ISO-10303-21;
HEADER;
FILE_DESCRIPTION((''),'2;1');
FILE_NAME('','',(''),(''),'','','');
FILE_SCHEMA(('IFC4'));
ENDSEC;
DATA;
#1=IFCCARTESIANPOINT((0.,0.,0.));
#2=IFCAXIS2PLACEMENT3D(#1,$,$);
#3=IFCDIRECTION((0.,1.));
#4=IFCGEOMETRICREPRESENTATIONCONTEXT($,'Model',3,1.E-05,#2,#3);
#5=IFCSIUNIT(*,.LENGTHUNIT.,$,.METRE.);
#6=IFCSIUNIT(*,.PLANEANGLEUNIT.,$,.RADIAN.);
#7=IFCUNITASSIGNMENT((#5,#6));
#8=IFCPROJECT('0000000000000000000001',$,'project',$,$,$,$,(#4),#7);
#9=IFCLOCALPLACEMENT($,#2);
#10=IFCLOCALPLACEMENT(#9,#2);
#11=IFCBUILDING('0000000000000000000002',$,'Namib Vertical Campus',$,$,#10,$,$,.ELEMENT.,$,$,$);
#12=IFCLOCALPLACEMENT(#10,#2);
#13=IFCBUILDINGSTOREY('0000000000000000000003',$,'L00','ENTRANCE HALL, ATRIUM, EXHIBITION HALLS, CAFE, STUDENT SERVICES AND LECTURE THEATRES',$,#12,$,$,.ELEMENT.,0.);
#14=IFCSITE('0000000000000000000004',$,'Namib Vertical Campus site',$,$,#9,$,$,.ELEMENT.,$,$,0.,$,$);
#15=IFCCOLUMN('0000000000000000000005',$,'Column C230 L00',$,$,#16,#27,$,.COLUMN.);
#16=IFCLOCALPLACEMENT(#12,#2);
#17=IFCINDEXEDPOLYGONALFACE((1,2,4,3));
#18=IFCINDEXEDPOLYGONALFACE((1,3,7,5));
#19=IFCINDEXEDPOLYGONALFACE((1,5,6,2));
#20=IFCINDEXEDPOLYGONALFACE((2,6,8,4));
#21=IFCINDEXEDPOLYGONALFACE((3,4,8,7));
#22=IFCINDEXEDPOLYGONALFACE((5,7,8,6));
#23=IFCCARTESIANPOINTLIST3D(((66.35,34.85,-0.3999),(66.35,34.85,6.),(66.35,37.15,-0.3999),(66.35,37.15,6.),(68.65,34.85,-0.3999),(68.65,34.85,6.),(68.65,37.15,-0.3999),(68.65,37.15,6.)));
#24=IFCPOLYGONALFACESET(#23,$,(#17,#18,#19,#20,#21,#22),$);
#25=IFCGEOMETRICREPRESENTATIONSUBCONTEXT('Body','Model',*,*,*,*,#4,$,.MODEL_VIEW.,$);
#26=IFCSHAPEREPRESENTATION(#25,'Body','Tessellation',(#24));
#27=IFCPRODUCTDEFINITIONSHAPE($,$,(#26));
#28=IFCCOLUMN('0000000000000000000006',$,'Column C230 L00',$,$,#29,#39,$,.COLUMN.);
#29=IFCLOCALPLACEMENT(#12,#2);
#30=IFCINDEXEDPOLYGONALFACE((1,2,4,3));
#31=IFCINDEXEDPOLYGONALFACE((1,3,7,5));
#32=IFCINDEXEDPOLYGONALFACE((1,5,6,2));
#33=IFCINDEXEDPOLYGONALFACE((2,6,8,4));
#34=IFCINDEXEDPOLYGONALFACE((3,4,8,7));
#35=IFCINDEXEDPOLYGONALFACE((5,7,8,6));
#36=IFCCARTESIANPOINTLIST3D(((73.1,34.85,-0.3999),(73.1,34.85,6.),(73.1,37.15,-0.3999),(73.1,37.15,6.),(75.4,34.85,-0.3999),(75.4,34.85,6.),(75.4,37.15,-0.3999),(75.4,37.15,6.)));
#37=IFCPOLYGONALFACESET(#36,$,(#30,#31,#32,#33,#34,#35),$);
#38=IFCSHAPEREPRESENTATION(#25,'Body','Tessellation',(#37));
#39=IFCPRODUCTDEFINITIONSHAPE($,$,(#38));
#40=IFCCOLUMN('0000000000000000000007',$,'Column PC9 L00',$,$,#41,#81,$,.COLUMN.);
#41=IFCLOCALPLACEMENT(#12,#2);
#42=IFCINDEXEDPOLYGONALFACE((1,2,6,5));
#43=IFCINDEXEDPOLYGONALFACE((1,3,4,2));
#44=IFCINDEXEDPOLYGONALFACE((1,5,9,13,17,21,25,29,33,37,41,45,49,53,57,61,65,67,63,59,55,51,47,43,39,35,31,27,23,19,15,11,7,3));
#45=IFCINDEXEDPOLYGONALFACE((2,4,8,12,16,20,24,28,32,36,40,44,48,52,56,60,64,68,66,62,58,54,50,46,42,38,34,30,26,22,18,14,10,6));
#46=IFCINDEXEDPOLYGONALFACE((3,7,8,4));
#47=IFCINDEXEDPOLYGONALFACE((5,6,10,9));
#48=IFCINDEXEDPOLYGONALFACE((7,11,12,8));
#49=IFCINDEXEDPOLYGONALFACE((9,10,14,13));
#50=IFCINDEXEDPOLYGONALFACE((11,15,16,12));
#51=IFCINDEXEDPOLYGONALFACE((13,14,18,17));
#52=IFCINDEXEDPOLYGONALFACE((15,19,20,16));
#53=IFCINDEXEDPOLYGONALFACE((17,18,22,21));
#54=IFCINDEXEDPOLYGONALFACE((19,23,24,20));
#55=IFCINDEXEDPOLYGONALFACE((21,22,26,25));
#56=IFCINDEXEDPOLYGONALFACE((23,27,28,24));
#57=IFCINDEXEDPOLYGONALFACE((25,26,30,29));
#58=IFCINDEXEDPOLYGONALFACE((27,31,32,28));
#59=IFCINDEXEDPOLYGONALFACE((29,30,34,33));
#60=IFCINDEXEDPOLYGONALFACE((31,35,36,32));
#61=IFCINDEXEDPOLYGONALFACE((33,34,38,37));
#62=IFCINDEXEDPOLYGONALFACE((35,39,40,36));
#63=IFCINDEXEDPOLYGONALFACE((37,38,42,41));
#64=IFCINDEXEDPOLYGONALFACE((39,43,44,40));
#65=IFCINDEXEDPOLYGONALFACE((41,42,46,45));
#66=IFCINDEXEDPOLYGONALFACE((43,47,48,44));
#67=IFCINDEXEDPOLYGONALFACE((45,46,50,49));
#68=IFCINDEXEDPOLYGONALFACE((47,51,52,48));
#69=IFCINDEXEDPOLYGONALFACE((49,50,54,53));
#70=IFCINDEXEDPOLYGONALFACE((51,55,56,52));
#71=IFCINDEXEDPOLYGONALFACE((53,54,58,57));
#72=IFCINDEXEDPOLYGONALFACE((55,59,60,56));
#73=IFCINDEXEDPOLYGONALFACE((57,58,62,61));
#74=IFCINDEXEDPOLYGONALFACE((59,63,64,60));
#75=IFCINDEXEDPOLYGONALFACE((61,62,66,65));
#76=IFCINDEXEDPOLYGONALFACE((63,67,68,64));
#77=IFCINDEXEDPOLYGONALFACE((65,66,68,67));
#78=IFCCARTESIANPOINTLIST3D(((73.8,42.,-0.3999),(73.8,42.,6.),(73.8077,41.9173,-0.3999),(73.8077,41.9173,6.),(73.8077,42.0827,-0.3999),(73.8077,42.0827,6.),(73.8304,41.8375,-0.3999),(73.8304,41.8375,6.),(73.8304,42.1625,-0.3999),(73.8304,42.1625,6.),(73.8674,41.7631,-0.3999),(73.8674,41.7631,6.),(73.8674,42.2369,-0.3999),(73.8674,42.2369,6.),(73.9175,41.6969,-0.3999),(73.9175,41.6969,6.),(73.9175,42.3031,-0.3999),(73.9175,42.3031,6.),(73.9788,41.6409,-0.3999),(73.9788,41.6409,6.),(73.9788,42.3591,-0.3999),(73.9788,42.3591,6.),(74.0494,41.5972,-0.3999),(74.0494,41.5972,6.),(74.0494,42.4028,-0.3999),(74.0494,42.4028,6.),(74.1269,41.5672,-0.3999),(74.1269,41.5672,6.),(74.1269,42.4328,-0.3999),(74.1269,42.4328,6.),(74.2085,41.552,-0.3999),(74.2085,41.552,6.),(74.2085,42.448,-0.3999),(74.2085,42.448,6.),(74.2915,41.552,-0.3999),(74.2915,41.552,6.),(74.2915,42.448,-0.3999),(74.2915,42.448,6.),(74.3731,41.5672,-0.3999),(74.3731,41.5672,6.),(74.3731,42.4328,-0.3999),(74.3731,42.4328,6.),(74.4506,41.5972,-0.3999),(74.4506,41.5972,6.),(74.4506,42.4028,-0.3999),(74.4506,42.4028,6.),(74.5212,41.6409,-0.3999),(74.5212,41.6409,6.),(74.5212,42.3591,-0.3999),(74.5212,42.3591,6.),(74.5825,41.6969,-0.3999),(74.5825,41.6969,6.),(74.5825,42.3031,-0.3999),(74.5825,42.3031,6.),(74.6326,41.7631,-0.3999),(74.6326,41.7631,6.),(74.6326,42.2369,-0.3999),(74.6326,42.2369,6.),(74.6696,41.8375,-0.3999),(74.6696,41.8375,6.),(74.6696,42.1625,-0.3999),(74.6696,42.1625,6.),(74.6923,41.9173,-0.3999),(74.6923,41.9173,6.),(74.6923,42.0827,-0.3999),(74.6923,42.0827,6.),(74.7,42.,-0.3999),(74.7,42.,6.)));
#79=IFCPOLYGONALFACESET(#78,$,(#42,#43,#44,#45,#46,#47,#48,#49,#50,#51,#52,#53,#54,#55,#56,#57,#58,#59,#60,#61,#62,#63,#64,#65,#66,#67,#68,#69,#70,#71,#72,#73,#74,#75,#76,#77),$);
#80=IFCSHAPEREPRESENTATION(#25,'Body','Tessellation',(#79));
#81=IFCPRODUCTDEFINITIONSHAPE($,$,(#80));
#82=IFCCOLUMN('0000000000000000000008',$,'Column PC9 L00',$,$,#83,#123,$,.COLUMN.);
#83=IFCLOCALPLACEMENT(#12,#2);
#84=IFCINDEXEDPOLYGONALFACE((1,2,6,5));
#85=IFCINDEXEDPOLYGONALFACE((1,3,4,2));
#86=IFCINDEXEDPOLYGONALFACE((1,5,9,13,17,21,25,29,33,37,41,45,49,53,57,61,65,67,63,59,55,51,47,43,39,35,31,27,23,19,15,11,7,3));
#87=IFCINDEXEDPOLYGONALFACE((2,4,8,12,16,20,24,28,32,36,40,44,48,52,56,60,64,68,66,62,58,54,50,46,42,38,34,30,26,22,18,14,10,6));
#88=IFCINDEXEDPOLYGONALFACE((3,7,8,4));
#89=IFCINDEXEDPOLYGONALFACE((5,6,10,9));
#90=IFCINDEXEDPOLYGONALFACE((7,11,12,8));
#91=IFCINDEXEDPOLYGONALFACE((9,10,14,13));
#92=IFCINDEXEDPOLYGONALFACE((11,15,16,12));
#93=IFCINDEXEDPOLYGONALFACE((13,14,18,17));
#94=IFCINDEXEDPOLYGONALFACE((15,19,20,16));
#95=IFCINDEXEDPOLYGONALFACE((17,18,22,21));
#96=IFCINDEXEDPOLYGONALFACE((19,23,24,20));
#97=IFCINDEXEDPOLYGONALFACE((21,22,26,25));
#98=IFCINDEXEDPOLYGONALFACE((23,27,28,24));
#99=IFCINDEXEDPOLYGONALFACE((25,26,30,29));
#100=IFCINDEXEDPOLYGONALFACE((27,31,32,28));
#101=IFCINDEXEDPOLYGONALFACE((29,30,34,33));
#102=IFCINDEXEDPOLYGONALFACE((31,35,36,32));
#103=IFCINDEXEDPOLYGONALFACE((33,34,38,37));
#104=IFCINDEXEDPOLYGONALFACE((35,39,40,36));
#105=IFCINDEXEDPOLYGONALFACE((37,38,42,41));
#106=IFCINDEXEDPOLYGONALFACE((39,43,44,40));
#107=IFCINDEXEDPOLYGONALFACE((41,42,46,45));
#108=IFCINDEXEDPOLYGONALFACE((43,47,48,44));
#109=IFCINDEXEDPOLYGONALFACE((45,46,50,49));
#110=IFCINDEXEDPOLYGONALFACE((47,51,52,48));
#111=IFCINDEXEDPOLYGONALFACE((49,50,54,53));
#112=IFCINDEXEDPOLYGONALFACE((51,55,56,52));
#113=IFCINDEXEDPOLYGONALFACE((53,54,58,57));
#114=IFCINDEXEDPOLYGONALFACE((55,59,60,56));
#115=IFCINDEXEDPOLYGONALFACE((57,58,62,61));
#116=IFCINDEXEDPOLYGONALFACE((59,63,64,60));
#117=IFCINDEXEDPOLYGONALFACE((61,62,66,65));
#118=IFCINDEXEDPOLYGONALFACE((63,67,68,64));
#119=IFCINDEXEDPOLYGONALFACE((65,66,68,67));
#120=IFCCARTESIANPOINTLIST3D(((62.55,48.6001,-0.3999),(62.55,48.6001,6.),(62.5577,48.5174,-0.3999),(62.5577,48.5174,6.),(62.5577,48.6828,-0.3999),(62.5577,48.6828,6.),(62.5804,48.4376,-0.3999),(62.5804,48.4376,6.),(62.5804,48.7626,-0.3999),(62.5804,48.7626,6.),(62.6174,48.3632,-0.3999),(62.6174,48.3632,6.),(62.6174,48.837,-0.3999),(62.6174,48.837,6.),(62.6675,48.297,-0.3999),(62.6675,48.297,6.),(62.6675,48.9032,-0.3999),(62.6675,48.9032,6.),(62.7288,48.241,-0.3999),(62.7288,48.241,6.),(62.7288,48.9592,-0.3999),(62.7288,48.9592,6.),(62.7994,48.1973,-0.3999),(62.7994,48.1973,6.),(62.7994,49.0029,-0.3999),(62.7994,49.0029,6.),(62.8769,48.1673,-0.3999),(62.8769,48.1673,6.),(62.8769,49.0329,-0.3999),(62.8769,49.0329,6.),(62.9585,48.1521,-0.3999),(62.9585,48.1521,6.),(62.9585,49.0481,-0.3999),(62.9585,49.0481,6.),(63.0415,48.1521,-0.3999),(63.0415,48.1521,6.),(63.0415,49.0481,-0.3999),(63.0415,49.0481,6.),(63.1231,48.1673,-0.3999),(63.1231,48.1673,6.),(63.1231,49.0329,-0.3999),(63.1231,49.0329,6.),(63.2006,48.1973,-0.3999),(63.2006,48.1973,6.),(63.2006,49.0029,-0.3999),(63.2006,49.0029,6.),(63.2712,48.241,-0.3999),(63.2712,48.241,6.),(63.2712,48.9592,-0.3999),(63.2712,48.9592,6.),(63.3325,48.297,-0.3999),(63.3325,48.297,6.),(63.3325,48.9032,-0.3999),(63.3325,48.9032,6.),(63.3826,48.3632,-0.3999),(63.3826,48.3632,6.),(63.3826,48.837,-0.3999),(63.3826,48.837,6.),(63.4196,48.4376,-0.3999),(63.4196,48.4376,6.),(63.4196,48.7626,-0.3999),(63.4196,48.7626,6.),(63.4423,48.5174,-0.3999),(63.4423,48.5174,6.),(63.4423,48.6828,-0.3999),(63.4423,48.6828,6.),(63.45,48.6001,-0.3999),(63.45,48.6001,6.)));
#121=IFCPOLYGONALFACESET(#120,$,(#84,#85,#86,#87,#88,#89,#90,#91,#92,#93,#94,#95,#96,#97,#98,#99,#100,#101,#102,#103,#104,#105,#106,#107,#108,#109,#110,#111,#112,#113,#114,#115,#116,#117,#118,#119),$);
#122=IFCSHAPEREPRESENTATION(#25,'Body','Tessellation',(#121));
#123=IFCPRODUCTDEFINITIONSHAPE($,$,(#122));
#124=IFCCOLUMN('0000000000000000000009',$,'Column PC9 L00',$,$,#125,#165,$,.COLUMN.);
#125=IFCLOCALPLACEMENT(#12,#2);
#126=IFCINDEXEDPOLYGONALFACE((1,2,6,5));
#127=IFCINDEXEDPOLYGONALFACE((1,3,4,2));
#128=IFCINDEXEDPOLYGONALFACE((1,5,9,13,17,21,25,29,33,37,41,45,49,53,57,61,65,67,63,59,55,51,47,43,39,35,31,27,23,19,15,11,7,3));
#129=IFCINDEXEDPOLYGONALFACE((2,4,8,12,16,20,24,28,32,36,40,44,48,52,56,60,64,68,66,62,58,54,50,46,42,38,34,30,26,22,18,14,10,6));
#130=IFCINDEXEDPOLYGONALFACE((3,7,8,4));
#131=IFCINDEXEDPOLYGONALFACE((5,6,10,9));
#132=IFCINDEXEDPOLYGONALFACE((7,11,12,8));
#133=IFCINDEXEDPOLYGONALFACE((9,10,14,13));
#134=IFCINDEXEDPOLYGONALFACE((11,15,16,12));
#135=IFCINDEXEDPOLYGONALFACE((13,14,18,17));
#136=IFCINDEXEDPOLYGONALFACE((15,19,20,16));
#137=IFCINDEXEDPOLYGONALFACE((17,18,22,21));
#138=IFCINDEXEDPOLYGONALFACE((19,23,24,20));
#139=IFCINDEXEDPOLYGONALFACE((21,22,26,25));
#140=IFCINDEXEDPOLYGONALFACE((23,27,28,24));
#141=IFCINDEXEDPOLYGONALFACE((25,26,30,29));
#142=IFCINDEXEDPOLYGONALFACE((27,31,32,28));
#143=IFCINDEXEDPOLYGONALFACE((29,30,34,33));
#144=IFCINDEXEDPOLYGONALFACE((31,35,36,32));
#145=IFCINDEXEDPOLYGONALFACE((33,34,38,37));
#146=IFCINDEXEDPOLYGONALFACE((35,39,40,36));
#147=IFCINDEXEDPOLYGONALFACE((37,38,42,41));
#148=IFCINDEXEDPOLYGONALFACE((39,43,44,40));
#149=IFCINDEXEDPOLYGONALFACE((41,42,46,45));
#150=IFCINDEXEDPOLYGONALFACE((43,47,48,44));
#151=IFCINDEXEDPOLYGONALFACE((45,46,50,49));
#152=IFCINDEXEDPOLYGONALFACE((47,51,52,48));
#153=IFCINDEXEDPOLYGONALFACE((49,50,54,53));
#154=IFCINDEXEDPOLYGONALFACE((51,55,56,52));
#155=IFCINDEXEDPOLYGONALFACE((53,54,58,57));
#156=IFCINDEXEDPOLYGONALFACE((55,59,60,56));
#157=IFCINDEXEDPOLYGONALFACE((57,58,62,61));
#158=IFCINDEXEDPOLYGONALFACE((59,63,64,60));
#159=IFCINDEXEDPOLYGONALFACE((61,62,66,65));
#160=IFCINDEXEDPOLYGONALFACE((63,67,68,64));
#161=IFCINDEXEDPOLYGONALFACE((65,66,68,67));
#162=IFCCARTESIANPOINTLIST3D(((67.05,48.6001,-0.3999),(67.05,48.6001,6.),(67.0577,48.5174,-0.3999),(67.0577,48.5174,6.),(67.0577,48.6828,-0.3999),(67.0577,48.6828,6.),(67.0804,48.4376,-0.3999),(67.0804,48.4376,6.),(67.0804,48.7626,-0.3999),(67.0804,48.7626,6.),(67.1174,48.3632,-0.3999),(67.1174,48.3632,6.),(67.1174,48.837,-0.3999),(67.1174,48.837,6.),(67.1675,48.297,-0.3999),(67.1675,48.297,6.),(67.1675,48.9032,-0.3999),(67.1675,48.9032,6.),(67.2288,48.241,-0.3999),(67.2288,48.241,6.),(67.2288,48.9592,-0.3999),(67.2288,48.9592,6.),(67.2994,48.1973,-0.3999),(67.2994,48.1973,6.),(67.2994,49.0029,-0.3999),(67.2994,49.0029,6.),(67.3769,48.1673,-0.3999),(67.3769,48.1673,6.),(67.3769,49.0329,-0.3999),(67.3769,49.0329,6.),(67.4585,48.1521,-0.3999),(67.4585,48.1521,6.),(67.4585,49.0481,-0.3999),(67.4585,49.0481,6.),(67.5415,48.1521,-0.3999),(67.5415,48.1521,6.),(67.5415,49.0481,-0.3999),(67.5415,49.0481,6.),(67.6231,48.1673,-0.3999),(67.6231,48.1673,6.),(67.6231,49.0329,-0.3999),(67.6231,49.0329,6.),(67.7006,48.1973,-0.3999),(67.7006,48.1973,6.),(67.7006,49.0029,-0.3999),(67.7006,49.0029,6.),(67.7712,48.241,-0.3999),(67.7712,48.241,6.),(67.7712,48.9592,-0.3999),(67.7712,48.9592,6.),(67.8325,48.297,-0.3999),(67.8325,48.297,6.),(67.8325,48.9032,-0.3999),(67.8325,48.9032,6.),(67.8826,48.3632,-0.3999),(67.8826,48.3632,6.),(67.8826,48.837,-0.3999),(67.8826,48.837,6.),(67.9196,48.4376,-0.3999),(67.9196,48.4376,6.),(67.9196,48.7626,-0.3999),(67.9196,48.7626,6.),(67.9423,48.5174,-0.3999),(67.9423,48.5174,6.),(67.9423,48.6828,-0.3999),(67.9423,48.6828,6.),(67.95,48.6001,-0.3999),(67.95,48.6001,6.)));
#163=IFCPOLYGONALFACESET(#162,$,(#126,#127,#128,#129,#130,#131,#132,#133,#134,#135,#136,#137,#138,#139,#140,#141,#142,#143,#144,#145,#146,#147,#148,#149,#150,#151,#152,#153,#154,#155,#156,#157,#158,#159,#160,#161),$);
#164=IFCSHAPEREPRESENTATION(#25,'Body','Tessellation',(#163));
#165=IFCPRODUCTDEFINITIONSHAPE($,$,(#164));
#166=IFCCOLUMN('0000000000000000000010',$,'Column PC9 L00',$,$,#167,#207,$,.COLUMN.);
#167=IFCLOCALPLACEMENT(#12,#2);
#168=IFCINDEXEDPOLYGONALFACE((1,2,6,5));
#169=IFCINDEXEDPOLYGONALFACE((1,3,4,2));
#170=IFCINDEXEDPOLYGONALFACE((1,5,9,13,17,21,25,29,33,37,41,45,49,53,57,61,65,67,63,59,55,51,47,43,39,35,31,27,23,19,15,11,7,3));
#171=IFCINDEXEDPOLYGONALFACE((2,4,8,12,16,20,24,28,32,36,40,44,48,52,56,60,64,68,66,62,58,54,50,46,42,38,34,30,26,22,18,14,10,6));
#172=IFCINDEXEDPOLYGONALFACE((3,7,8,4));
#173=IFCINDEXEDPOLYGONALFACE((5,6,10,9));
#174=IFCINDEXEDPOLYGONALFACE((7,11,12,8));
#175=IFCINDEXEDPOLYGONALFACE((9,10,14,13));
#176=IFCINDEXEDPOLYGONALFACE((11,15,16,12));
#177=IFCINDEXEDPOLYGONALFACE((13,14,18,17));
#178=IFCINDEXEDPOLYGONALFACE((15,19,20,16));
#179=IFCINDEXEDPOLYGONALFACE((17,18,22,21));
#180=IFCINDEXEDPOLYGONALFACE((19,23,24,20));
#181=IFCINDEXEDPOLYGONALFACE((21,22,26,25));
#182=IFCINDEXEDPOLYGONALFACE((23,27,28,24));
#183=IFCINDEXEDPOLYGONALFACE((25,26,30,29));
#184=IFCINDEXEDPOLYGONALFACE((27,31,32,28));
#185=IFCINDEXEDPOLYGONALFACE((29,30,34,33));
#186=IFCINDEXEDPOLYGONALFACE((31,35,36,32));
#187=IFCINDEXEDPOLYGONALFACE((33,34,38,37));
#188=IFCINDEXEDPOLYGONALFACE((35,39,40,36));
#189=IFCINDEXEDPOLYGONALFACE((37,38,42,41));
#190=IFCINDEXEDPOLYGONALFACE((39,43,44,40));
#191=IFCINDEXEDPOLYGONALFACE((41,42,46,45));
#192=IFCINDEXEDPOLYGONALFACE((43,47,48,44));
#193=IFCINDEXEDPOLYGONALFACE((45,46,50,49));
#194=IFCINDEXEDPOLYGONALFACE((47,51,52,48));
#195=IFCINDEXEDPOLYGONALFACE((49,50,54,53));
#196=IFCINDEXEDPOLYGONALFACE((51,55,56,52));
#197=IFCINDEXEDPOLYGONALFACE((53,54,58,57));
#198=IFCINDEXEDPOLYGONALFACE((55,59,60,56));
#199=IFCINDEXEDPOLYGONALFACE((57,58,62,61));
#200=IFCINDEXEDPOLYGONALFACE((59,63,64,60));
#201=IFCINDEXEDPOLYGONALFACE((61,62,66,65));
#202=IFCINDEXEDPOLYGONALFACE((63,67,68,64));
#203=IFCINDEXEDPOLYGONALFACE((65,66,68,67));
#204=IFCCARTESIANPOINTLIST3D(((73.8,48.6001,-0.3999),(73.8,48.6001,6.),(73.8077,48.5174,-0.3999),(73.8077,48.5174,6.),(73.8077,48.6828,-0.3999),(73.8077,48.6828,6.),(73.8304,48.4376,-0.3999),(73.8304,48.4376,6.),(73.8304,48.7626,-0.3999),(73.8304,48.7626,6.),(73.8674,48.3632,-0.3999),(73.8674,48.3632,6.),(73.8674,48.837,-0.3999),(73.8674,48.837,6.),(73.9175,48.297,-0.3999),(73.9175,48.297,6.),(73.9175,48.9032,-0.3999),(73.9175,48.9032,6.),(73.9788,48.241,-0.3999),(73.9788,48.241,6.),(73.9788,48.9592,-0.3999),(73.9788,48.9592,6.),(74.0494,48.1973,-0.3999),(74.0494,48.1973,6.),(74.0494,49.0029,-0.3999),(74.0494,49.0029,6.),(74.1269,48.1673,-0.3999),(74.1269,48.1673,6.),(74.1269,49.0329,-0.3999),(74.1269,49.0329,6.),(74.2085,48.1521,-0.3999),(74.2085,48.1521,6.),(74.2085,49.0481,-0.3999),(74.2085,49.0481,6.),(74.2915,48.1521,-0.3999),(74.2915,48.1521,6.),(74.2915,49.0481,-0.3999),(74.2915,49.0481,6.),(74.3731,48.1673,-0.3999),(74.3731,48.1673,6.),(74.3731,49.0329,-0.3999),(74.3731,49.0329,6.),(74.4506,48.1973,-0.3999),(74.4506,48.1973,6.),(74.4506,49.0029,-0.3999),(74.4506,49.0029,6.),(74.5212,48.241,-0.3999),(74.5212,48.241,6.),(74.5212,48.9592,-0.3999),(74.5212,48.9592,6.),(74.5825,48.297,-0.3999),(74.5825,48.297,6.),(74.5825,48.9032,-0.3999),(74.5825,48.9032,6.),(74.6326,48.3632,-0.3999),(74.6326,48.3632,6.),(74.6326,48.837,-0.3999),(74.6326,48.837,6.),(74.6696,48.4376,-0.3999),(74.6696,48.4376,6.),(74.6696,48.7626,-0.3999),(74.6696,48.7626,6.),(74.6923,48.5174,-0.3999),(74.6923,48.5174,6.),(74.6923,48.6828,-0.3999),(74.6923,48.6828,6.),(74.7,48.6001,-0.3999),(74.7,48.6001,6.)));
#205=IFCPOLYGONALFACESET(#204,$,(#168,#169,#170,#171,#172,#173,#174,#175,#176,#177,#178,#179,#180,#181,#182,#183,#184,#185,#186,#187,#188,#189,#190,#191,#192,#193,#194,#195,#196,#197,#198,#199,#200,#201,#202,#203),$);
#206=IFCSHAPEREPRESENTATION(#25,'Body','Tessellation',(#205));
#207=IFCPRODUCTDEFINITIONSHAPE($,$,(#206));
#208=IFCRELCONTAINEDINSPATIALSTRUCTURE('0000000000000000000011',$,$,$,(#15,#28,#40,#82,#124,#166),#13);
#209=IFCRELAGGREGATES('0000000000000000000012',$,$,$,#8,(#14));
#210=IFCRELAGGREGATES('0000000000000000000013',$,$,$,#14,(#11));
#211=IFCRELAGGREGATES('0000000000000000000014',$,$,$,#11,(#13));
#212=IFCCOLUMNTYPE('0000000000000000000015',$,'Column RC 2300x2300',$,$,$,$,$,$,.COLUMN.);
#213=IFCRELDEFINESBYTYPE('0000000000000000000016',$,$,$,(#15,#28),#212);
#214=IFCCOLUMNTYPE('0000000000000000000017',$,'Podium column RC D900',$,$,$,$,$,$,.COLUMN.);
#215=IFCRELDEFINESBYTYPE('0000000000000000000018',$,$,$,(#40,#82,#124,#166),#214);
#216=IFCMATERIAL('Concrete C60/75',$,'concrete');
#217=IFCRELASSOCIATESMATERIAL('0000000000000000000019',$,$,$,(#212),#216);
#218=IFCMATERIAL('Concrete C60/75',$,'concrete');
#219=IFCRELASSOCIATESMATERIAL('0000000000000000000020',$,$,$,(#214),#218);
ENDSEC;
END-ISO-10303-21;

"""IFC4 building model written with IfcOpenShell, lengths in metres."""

from ifc_helpers import new_model, si_unit, direction, frame, origin, origin_2d, place, context, subcontext, project, spatial, rectangle, circle, extrude, material, material_profile, profile_set, type_object, element, save


model = new_model("IFC4")

# Units and contexts
model_context = context("Model", 3, precision=1e-05, world=origin(), true_north=direction((0.0, 1.0)))
body_context = subcontext(model_context, "Body", "Model", "MODEL_VIEW")
ifc_project = project(units=[si_unit("LENGTHUNIT", "METRE"), si_unit("PLANEANGLEUNIT", "RADIAN")], contexts=[model_context])

# Site, building, storey
site_placement = place(None, origin())
site = spatial("IfcSite", under=ifc_project, at=site_placement, Name="Namib Vertical Campus site", CompositionType="ELEMENT", RefElevation=0.0)
building_placement = place(site_placement, origin())
building = spatial("IfcBuilding", under=site, at=building_placement, Name="Namib Vertical Campus", CompositionType="ELEMENT")
storey_placement = place(building_placement, origin())
storey = spatial("IfcBuildingStorey", under=building, at=storey_placement, Name="L00", Description="ENTRANCE HALL, ATRIUM, EXHIBITION HALLS, CAFE, STUDENT SERVICES AND LECTURE THEATRES", CompositionType="ELEMENT", Elevation=0.0)

# Columns
ifc_material_1 = material(Name="Concrete C60/75", Category="concrete")
ifc_material_profile_1 = material_profile(ifc_material_1, rectangle(XDim=2.3, YDim=2.3, at=origin_2d()))
ifc_profile_set_1 = profile_set([ifc_material_profile_1], Name="Concrete C60/75")
column_type_1 = type_object("IfcColumnType", Name="Column RC 2300x2300", PredefinedType="COLUMN", material=ifc_profile_set_1)
for number, where, z_axis, x_axis, name in (
    (1, (67.5, 36.0, -0.3999), (0.0, 0.0, 1.0), (1.0, 0.0, 0.0), "Column C230 L00"),
    (2, (74.25, 36.0, -0.3999), (0.0, 0.0, 1.0), (1.0, 0.0, 0.0), "Column C230 L00"),
):
    element("IfcColumn", number, at=place(storey_placement, frame(where, z_axis=z_axis, x_axis=x_axis)), inside=storey, type_object=column_type_1, Name=name, PredefinedType="COLUMN", context=body_context, shape_type="SweptSolid", body=[
        extrude(rectangle(XDim=2.3, YDim=2.3, at=origin_2d()), origin(), (0.0, 0.0, 1.0), 6.3999),
    ])
ifc_material_2 = material(Name="Concrete C60/75", Category="concrete")
ifc_material_profile_2 = material_profile(ifc_material_2, circle(Radius=0.45, at=origin_2d()))
ifc_profile_set_2 = profile_set([ifc_material_profile_2], Name="Concrete C60/75")
column_type_2 = type_object("IfcColumnType", Name="Podium column RC D900", PredefinedType="COLUMN", material=ifc_profile_set_2)
for number, where, z_axis, x_axis, name in (
    (3, (74.25, 42.0, -0.3999), (0.0, 0.0, 1.0), (1.0, 0.0, 0.0), "Column PC9 L00"),
    (4, (63.0, 48.6001, -0.3999), (0.0, 0.0, 1.0), (1.0, 0.0, 0.0), "Column PC9 L00"),
    (5, (67.5, 48.6001, -0.3999), (0.0, 0.0, 1.0), (1.0, 0.0, 0.0), "Column PC9 L00"),
    (6, (74.25, 48.6001, -0.3999), (0.0, 0.0, 1.0), (1.0, 0.0, 0.0), "Column PC9 L00"),
):
    element("IfcColumn", number, at=place(storey_placement, frame(where, z_axis=z_axis, x_axis=x_axis)), inside=storey, type_object=column_type_2, Name=name, PredefinedType="COLUMN", context=body_context, shape_type="SweptSolid", body=[
        extrude(circle(Radius=0.45, at=origin_2d()), origin(), (0.0, 0.0, 1.0), 6.3999),
    ])

save(model, "model.ifc")
